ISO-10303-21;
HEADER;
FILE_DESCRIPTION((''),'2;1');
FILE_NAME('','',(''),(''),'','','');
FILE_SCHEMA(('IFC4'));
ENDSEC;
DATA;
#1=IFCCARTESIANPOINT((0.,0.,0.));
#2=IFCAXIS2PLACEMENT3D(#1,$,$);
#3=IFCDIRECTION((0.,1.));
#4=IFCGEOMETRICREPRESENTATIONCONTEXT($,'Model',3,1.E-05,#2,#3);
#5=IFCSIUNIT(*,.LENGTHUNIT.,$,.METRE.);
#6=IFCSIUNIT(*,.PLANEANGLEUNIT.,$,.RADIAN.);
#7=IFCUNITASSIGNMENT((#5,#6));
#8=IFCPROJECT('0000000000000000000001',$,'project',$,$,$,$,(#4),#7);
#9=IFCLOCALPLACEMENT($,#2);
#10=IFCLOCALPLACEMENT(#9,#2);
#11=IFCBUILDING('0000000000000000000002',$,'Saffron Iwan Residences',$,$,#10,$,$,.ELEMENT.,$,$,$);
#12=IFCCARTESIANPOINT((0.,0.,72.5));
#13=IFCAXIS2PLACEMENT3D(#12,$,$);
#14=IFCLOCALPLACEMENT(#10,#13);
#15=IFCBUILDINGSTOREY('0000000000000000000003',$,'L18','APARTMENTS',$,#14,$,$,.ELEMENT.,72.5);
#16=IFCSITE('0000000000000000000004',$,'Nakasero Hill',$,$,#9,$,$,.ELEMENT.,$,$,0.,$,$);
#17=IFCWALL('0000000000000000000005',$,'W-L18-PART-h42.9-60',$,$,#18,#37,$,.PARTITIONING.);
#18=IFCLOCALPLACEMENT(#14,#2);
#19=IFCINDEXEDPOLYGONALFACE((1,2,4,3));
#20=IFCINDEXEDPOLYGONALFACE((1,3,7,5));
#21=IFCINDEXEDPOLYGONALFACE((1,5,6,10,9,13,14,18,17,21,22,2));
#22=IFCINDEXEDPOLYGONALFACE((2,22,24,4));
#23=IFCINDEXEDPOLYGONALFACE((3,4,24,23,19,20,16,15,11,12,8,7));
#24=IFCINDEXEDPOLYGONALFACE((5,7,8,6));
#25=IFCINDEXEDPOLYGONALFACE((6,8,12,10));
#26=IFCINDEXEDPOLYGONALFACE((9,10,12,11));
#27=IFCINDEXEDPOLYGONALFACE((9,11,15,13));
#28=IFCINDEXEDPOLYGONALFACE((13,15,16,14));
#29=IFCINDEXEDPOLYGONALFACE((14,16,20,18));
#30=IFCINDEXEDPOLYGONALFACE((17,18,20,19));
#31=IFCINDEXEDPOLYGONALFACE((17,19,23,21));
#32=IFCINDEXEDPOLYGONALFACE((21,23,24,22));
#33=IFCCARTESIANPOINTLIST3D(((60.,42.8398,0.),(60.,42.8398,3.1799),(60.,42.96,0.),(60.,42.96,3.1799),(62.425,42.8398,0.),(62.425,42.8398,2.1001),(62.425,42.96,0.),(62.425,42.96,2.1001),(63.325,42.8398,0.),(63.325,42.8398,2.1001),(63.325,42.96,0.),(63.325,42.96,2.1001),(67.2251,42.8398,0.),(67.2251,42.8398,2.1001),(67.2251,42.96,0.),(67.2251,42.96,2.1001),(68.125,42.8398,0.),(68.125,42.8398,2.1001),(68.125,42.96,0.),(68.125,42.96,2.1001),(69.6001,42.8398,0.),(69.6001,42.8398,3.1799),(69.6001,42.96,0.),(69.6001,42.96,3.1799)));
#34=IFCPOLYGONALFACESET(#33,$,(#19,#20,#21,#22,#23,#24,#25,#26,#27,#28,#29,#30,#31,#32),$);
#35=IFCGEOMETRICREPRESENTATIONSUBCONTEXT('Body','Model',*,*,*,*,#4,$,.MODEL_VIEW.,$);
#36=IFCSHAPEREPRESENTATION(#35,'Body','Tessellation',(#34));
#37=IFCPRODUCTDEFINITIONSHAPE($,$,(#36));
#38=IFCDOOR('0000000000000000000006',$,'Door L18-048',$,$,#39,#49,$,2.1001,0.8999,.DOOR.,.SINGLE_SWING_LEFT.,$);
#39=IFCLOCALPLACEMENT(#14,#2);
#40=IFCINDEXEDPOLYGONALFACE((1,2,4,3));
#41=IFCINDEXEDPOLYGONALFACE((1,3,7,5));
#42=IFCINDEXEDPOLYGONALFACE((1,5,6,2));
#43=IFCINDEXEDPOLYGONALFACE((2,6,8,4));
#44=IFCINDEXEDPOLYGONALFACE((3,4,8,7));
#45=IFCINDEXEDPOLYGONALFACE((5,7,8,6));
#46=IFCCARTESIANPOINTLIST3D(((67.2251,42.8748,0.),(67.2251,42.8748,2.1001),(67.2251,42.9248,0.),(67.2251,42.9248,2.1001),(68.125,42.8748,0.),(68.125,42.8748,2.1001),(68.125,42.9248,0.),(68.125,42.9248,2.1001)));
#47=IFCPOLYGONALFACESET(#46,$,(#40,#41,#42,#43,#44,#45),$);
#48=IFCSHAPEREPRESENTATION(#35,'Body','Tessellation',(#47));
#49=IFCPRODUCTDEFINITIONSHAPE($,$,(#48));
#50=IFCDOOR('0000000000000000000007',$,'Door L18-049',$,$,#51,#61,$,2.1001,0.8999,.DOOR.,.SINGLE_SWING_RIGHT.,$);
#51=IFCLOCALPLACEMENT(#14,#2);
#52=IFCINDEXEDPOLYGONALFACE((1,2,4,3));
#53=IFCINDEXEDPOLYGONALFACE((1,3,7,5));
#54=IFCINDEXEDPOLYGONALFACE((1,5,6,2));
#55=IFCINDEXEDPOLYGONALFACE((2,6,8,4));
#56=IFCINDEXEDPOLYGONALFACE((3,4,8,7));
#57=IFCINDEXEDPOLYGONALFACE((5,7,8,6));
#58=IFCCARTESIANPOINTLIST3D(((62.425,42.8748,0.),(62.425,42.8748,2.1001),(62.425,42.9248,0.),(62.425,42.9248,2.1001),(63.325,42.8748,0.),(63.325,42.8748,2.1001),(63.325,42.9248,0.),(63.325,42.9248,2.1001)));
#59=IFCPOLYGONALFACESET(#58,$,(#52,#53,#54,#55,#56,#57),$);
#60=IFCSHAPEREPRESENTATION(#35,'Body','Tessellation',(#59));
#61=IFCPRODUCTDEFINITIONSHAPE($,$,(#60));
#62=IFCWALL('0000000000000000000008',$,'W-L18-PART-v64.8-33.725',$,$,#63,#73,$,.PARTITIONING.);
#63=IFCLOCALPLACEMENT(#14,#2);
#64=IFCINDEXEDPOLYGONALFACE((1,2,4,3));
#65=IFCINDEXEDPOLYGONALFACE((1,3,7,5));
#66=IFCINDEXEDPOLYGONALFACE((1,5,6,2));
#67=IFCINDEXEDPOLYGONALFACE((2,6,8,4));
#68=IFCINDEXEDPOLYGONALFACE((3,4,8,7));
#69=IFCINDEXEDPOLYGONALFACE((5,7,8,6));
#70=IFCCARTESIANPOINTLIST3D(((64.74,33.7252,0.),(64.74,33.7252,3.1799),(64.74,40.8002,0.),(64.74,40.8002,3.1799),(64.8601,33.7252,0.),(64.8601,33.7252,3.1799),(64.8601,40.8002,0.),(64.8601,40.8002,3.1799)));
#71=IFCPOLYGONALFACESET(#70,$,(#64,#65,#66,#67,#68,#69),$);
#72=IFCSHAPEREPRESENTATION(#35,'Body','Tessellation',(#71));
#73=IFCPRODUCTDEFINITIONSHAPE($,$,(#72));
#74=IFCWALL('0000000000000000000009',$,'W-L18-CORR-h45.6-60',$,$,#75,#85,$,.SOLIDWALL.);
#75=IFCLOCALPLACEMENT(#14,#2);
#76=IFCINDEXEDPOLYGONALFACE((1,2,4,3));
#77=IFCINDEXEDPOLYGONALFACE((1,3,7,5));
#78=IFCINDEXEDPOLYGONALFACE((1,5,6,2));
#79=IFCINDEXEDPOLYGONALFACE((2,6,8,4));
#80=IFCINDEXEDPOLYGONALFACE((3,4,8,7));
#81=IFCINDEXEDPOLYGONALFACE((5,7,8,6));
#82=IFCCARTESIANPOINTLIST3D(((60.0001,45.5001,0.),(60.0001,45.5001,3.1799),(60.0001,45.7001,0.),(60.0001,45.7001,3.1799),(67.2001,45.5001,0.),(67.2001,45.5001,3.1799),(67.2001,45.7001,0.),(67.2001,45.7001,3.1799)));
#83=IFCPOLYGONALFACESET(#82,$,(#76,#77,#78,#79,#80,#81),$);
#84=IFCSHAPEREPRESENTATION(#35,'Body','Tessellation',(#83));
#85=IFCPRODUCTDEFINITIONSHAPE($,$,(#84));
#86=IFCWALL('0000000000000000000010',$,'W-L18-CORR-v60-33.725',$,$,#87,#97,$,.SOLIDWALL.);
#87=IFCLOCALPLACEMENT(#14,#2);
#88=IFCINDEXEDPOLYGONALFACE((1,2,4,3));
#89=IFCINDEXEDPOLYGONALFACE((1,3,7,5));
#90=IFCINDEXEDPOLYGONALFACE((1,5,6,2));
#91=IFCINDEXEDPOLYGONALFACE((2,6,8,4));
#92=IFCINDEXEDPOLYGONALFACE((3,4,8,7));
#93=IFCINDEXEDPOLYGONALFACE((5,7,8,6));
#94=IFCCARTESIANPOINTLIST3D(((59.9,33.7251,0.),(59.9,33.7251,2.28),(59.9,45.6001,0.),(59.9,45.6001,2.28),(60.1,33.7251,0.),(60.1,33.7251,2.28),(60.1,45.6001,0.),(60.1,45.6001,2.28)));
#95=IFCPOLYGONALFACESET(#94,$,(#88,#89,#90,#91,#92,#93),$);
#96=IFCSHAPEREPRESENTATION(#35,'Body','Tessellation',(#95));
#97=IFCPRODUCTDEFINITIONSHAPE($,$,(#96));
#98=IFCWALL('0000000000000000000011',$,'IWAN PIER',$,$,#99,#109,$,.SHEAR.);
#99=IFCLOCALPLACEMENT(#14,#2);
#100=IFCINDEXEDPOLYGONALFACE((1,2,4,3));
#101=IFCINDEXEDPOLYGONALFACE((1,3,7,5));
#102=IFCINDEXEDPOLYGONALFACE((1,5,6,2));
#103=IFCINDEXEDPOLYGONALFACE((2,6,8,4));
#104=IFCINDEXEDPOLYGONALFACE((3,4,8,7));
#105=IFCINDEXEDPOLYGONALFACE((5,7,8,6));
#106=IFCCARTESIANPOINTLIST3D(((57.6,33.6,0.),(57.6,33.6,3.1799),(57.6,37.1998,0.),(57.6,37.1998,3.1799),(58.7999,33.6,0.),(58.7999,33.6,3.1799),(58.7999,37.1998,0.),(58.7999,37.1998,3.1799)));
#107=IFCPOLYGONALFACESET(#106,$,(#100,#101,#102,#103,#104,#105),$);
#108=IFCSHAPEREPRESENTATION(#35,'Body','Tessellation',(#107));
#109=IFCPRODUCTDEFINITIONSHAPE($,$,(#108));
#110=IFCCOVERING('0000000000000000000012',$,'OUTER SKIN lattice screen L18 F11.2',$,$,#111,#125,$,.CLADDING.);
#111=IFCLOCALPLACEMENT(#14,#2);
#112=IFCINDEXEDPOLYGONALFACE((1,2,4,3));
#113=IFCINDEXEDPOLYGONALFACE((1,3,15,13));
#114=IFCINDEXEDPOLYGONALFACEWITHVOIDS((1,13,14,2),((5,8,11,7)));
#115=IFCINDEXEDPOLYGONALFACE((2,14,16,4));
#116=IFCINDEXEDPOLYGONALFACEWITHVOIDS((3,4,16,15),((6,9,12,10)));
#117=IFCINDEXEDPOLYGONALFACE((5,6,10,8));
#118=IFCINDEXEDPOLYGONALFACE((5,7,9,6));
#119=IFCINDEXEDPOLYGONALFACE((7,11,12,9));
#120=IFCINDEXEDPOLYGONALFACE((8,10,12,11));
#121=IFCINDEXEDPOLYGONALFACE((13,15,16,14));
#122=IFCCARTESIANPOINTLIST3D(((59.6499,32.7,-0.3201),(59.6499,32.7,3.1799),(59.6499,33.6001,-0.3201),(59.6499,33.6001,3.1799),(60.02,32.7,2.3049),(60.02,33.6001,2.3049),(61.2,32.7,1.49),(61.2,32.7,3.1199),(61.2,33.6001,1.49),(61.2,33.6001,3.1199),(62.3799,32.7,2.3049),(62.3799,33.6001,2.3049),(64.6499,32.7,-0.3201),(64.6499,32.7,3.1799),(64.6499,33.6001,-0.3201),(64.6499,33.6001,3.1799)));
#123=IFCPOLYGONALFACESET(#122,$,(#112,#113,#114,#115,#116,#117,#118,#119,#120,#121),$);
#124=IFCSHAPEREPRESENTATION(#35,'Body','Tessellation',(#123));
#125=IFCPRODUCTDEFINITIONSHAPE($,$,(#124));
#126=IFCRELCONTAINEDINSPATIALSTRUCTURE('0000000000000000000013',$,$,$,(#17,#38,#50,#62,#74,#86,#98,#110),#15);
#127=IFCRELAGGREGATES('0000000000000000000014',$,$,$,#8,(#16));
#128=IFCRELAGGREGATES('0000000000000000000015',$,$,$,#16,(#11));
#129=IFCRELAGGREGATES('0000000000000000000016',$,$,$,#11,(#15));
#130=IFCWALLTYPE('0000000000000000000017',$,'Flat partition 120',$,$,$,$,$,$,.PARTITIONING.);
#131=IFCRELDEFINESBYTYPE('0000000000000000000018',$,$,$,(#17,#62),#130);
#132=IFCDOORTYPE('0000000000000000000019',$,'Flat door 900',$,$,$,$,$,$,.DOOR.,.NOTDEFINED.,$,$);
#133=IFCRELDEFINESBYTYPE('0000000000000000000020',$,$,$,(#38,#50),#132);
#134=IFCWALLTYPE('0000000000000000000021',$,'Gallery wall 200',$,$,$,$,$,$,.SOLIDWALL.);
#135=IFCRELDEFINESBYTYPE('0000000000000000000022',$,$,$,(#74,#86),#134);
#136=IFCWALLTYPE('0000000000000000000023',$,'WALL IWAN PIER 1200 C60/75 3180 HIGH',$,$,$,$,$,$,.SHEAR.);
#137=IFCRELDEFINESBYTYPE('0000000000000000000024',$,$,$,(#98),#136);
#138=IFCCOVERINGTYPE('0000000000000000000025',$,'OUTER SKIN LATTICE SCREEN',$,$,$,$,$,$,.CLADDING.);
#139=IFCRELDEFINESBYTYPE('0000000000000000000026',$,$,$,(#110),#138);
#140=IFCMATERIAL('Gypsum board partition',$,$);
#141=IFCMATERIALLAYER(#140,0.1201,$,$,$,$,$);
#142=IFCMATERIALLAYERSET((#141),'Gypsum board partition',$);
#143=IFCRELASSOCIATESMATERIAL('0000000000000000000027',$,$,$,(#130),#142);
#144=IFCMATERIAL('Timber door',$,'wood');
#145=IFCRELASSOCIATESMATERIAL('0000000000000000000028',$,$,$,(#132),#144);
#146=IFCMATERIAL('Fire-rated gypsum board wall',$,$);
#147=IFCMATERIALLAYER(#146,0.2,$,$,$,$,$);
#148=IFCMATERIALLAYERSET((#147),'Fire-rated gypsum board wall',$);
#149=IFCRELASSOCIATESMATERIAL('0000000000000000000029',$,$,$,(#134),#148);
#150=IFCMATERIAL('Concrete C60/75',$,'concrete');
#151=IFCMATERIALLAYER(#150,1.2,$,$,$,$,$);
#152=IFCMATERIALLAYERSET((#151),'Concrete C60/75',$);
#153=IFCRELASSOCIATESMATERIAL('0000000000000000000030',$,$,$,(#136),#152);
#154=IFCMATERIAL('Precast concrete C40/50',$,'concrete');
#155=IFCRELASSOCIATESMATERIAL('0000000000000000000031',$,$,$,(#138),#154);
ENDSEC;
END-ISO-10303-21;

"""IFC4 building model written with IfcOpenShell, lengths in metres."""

from ifc_helpers import new_model, si_unit, direction, frame, frame_2d, origin, place, context, subcontext, project, spatial, polyline, rectangle, outline, extrude, material, layer, layer_set, type_object, element, fill, save


model = new_model("IFC4")

# Units and contexts
model_context = context("Model", 3, precision=1e-05, world=origin(), true_north=direction((0.0, 1.0)))
body_context = subcontext(model_context, "Body", "Model", "MODEL_VIEW")
ifc_project = project(units=[si_unit("LENGTHUNIT", "METRE"), si_unit("PLANEANGLEUNIT", "RADIAN")], contexts=[model_context])

# Site, building, storey
site_placement = place(None, origin())
site = spatial("IfcSite", under=ifc_project, at=site_placement, Name="Nakasero Hill", CompositionType="ELEMENT", RefElevation=0.0)
building_placement = place(site_placement, origin())
building = spatial("IfcBuilding", under=site, at=building_placement, Name="Saffron Iwan Residences", CompositionType="ELEMENT")
storey_placement = place(building_placement, frame((0.0, 0.0, 72.5)))
storey = spatial("IfcBuildingStorey", under=building, at=storey_placement, Name="L18", Description="APARTMENTS", CompositionType="ELEMENT", Elevation=72.5)

# Shared definitions
ifc_material_1 = material(Name="Concrete C60/75", Category="concrete")

# Shared definitions
ifc_material_2 = material(Name="Gypsum board partition")
ifc_layer_1 = layer(ifc_material_2, 0.1201)
ifc_layer_set_1 = layer_set([ifc_layer_1], Name="Gypsum board partition")
wall_type_1 = type_object("IfcWallType", Name="Flat partition 120", PredefinedType="PARTITIONING", material=ifc_layer_set_1)

# Shared definitions
ifc_material_3 = material(Name="Timber door", Category="wood")
door_type = type_object("IfcDoorType", Name="Flat door 900", OperationType="NOTDEFINED", PredefinedType="DOOR", material=ifc_material_3)

# Wall, openings, doors
wall_1_placement = place(storey_placement, frame((60.0, 42.8999, 0.0), z_axis=(0.0, 0.0, 1.0), x_axis=(1.0, 0.0, 0.0)))
wall_1 = element("IfcWall", 1, at=wall_1_placement, inside=storey, type_object=wall_type_1, Name="W-L18-PART-h42.9-60", PredefinedType="PARTITIONING", context=body_context, shape_type="SweptSolid", body=[
    extrude(rectangle(XDim=9.6001, YDim=0.1201, at=frame_2d((4.8, 0.0))), origin(), (0.0, 0.0, 1.0), 3.1799),
])
opening_1_placement = place(wall_1_placement, frame((7.2251, 0.0, 0.0)))
opening_1 = element("IfcOpeningElement", 2, at=opening_1_placement, cuts=wall_1, PredefinedType="OPENING", context=body_context, shape_type="SweptSolid", body=[
    extrude(rectangle(XDim=0.8999, YDim=2.1001, at=frame_2d((0.45, 1.05))), frame((0.0, 0.0701, 0.0), z_axis=(0.0, -1.0, 0.0), x_axis=(1.0, 0.0, 0.0)), (0.0, 0.0, 1.0), 0.1401),
])
opening_2_placement = place(wall_1_placement, frame((2.425, 0.0, 0.0)))
opening_2 = element("IfcOpeningElement", 3, at=opening_2_placement, cuts=wall_1, PredefinedType="OPENING", context=body_context, shape_type="SweptSolid", body=[
    extrude(rectangle(XDim=0.8999, YDim=2.1001, at=frame_2d((0.45, 1.05))), frame((0.0, 0.0701, 0.0), z_axis=(0.0, -1.0, 0.0), x_axis=(1.0, 0.0, 0.0)), (0.0, 0.0, 1.0), 0.1401),
])
door_1_placement = place(opening_1_placement, origin())
door_1 = element("IfcDoor", 4, at=door_1_placement, inside=storey, type_object=door_type, Name="Door L18-048", OperationType="SINGLE_SWING_LEFT", OverallHeight=2.1001, OverallWidth=0.8999, PredefinedType="DOOR", context=body_context, shape_type="SweptSolid", body=[
    extrude(rectangle(XDim=0.8999, YDim=2.1001, at=frame_2d((0.45, 1.05))), frame((0.0, 0.0249, 0.0), z_axis=(0.0, -1.0, 0.0), x_axis=(1.0, 0.0, 0.0)), (0.0, 0.0, 1.0), 0.05),
])
fill(opening_1, door_1)
door_2_placement = place(opening_2_placement, origin())
door_2 = element("IfcDoor", 5, at=door_2_placement, inside=storey, type_object=door_type, Name="Door L18-049", OperationType="SINGLE_SWING_RIGHT", OverallHeight=2.1001, OverallWidth=0.8999, PredefinedType="DOOR", context=body_context, shape_type="SweptSolid", body=[
    extrude(rectangle(XDim=0.8999, YDim=2.1001, at=frame_2d((0.45, 1.05))), frame((0.0, 0.0249, 0.0), z_axis=(0.0, -1.0, 0.0), x_axis=(1.0, 0.0, 0.0)), (0.0, 0.0, 1.0), 0.05),
])
fill(opening_2, door_2)

# Walls
wall_2_placement = place(storey_placement, frame((64.8, 33.7251, 0.0), z_axis=(0.0, 0.0, 1.0), x_axis=(0.0, 1.0, 0.0)))
element("IfcWall", 6, at=wall_2_placement, inside=storey, type_object=wall_type_1, Name="W-L18-PART-v64.8-33.725", PredefinedType="PARTITIONING", context=body_context, shape_type="SweptSolid", body=[
    extrude(rectangle(XDim=7.075, YDim=0.1201, at=frame_2d((3.5376, 0.0))), origin(), (0.0, 0.0, 1.0), 3.1799),
])
ifc_material_4 = material(Name="Fire-rated gypsum board wall")
ifc_layer_2 = layer(ifc_material_4, 0.2)
ifc_layer_set_2 = layer_set([ifc_layer_2], Name="Fire-rated gypsum board wall")
wall_type_2 = type_object("IfcWallType", Name="Gallery wall 200", PredefinedType="SOLIDWALL", material=ifc_layer_set_2)
wall_3_placement = place(storey_placement, frame((60.0, 45.6001, 0.0), z_axis=(0.0, 0.0, 1.0), x_axis=(1.0, 0.0, 0.0)))
element("IfcWall", 7, at=wall_3_placement, inside=storey, type_object=wall_type_2, Name="W-L18-CORR-h45.6-60", PredefinedType="SOLIDWALL", context=body_context, shape_type="SweptSolid", body=[
    extrude(rectangle(XDim=7.2, YDim=0.2, at=frame_2d((3.6001, 0.0))), origin(), (0.0, 0.0, 1.0), 3.1799),
])
wall_4_placement = place(storey_placement, frame((60.0, 33.7251, 0.0), z_axis=(0.0, 0.0, 1.0), x_axis=(0.0, 1.0, 0.0)))
element("IfcWall", 8, at=wall_4_placement, inside=storey, type_object=wall_type_2, Name="W-L18-CORR-v60-33.725", PredefinedType="SOLIDWALL", context=body_context, shape_type="SweptSolid", body=[
    extrude(rectangle(XDim=11.875, YDim=0.2, at=frame_2d((5.9375, 0.0))), origin(), (0.0, 0.0, 1.0), 2.28),
])
ifc_layer_3 = layer(ifc_material_1, 1.2)
ifc_layer_set_3 = layer_set([ifc_layer_3], Name="Concrete C60/75")
wall_type_3 = type_object("IfcWallType", Name="WALL IWAN PIER 1200 C60/75 3180 HIGH", PredefinedType="SHEAR", material=ifc_layer_set_3)
wall_5_placement = place(storey_placement, frame((58.2, 33.6001, 0.0), z_axis=(0.0, 0.0, 1.0), x_axis=(0.0, 1.0, 0.0)))
element("IfcWall", 9, at=wall_5_placement, inside=storey, type_object=wall_type_3, Name="IWAN PIER", PredefinedType="SHEAR", context=body_context, shape_type="SweptSolid", body=[
    extrude(rectangle(XDim=3.5999, YDim=1.2, at=frame_2d((1.7998, 0.0))), origin(), (0.0, 0.0, 1.0), 3.1799),
])

# Covering
ifc_material_5 = material(Name="Precast concrete C40/50", Category="concrete")
covering_type = type_object("IfcCoveringType", Name="OUTER SKIN LATTICE SCREEN", PredefinedType="CLADDING", material=ifc_material_5)
covering_placement = place(storey_placement, frame((59.6499, 33.6001, -0.3201), z_axis=(0.0, -1.0, 0.0), x_axis=(1.0, 0.0, 0.0)))
element("IfcCovering", 10, at=covering_placement, inside=storey, type_object=covering_type, Name="OUTER SKIN lattice screen L18 F11.2", PredefinedType="CLADDING", context=body_context, shape_type="SweptSolid", body=[
    extrude(outline(polyline([(0.0, 0.0), (5.0, 0.0), (5.0, 3.5), (0.0, 3.5), (0.0, 0.0)]), holes=[polyline([(0.3701, 2.625), (1.55, 1.8101), (2.73, 2.625), (1.55, 3.4399), (0.3701, 2.625)])]), origin(), (0.0, 0.0, 1.0), 0.9001),
])

save(model, "model.ifc")
